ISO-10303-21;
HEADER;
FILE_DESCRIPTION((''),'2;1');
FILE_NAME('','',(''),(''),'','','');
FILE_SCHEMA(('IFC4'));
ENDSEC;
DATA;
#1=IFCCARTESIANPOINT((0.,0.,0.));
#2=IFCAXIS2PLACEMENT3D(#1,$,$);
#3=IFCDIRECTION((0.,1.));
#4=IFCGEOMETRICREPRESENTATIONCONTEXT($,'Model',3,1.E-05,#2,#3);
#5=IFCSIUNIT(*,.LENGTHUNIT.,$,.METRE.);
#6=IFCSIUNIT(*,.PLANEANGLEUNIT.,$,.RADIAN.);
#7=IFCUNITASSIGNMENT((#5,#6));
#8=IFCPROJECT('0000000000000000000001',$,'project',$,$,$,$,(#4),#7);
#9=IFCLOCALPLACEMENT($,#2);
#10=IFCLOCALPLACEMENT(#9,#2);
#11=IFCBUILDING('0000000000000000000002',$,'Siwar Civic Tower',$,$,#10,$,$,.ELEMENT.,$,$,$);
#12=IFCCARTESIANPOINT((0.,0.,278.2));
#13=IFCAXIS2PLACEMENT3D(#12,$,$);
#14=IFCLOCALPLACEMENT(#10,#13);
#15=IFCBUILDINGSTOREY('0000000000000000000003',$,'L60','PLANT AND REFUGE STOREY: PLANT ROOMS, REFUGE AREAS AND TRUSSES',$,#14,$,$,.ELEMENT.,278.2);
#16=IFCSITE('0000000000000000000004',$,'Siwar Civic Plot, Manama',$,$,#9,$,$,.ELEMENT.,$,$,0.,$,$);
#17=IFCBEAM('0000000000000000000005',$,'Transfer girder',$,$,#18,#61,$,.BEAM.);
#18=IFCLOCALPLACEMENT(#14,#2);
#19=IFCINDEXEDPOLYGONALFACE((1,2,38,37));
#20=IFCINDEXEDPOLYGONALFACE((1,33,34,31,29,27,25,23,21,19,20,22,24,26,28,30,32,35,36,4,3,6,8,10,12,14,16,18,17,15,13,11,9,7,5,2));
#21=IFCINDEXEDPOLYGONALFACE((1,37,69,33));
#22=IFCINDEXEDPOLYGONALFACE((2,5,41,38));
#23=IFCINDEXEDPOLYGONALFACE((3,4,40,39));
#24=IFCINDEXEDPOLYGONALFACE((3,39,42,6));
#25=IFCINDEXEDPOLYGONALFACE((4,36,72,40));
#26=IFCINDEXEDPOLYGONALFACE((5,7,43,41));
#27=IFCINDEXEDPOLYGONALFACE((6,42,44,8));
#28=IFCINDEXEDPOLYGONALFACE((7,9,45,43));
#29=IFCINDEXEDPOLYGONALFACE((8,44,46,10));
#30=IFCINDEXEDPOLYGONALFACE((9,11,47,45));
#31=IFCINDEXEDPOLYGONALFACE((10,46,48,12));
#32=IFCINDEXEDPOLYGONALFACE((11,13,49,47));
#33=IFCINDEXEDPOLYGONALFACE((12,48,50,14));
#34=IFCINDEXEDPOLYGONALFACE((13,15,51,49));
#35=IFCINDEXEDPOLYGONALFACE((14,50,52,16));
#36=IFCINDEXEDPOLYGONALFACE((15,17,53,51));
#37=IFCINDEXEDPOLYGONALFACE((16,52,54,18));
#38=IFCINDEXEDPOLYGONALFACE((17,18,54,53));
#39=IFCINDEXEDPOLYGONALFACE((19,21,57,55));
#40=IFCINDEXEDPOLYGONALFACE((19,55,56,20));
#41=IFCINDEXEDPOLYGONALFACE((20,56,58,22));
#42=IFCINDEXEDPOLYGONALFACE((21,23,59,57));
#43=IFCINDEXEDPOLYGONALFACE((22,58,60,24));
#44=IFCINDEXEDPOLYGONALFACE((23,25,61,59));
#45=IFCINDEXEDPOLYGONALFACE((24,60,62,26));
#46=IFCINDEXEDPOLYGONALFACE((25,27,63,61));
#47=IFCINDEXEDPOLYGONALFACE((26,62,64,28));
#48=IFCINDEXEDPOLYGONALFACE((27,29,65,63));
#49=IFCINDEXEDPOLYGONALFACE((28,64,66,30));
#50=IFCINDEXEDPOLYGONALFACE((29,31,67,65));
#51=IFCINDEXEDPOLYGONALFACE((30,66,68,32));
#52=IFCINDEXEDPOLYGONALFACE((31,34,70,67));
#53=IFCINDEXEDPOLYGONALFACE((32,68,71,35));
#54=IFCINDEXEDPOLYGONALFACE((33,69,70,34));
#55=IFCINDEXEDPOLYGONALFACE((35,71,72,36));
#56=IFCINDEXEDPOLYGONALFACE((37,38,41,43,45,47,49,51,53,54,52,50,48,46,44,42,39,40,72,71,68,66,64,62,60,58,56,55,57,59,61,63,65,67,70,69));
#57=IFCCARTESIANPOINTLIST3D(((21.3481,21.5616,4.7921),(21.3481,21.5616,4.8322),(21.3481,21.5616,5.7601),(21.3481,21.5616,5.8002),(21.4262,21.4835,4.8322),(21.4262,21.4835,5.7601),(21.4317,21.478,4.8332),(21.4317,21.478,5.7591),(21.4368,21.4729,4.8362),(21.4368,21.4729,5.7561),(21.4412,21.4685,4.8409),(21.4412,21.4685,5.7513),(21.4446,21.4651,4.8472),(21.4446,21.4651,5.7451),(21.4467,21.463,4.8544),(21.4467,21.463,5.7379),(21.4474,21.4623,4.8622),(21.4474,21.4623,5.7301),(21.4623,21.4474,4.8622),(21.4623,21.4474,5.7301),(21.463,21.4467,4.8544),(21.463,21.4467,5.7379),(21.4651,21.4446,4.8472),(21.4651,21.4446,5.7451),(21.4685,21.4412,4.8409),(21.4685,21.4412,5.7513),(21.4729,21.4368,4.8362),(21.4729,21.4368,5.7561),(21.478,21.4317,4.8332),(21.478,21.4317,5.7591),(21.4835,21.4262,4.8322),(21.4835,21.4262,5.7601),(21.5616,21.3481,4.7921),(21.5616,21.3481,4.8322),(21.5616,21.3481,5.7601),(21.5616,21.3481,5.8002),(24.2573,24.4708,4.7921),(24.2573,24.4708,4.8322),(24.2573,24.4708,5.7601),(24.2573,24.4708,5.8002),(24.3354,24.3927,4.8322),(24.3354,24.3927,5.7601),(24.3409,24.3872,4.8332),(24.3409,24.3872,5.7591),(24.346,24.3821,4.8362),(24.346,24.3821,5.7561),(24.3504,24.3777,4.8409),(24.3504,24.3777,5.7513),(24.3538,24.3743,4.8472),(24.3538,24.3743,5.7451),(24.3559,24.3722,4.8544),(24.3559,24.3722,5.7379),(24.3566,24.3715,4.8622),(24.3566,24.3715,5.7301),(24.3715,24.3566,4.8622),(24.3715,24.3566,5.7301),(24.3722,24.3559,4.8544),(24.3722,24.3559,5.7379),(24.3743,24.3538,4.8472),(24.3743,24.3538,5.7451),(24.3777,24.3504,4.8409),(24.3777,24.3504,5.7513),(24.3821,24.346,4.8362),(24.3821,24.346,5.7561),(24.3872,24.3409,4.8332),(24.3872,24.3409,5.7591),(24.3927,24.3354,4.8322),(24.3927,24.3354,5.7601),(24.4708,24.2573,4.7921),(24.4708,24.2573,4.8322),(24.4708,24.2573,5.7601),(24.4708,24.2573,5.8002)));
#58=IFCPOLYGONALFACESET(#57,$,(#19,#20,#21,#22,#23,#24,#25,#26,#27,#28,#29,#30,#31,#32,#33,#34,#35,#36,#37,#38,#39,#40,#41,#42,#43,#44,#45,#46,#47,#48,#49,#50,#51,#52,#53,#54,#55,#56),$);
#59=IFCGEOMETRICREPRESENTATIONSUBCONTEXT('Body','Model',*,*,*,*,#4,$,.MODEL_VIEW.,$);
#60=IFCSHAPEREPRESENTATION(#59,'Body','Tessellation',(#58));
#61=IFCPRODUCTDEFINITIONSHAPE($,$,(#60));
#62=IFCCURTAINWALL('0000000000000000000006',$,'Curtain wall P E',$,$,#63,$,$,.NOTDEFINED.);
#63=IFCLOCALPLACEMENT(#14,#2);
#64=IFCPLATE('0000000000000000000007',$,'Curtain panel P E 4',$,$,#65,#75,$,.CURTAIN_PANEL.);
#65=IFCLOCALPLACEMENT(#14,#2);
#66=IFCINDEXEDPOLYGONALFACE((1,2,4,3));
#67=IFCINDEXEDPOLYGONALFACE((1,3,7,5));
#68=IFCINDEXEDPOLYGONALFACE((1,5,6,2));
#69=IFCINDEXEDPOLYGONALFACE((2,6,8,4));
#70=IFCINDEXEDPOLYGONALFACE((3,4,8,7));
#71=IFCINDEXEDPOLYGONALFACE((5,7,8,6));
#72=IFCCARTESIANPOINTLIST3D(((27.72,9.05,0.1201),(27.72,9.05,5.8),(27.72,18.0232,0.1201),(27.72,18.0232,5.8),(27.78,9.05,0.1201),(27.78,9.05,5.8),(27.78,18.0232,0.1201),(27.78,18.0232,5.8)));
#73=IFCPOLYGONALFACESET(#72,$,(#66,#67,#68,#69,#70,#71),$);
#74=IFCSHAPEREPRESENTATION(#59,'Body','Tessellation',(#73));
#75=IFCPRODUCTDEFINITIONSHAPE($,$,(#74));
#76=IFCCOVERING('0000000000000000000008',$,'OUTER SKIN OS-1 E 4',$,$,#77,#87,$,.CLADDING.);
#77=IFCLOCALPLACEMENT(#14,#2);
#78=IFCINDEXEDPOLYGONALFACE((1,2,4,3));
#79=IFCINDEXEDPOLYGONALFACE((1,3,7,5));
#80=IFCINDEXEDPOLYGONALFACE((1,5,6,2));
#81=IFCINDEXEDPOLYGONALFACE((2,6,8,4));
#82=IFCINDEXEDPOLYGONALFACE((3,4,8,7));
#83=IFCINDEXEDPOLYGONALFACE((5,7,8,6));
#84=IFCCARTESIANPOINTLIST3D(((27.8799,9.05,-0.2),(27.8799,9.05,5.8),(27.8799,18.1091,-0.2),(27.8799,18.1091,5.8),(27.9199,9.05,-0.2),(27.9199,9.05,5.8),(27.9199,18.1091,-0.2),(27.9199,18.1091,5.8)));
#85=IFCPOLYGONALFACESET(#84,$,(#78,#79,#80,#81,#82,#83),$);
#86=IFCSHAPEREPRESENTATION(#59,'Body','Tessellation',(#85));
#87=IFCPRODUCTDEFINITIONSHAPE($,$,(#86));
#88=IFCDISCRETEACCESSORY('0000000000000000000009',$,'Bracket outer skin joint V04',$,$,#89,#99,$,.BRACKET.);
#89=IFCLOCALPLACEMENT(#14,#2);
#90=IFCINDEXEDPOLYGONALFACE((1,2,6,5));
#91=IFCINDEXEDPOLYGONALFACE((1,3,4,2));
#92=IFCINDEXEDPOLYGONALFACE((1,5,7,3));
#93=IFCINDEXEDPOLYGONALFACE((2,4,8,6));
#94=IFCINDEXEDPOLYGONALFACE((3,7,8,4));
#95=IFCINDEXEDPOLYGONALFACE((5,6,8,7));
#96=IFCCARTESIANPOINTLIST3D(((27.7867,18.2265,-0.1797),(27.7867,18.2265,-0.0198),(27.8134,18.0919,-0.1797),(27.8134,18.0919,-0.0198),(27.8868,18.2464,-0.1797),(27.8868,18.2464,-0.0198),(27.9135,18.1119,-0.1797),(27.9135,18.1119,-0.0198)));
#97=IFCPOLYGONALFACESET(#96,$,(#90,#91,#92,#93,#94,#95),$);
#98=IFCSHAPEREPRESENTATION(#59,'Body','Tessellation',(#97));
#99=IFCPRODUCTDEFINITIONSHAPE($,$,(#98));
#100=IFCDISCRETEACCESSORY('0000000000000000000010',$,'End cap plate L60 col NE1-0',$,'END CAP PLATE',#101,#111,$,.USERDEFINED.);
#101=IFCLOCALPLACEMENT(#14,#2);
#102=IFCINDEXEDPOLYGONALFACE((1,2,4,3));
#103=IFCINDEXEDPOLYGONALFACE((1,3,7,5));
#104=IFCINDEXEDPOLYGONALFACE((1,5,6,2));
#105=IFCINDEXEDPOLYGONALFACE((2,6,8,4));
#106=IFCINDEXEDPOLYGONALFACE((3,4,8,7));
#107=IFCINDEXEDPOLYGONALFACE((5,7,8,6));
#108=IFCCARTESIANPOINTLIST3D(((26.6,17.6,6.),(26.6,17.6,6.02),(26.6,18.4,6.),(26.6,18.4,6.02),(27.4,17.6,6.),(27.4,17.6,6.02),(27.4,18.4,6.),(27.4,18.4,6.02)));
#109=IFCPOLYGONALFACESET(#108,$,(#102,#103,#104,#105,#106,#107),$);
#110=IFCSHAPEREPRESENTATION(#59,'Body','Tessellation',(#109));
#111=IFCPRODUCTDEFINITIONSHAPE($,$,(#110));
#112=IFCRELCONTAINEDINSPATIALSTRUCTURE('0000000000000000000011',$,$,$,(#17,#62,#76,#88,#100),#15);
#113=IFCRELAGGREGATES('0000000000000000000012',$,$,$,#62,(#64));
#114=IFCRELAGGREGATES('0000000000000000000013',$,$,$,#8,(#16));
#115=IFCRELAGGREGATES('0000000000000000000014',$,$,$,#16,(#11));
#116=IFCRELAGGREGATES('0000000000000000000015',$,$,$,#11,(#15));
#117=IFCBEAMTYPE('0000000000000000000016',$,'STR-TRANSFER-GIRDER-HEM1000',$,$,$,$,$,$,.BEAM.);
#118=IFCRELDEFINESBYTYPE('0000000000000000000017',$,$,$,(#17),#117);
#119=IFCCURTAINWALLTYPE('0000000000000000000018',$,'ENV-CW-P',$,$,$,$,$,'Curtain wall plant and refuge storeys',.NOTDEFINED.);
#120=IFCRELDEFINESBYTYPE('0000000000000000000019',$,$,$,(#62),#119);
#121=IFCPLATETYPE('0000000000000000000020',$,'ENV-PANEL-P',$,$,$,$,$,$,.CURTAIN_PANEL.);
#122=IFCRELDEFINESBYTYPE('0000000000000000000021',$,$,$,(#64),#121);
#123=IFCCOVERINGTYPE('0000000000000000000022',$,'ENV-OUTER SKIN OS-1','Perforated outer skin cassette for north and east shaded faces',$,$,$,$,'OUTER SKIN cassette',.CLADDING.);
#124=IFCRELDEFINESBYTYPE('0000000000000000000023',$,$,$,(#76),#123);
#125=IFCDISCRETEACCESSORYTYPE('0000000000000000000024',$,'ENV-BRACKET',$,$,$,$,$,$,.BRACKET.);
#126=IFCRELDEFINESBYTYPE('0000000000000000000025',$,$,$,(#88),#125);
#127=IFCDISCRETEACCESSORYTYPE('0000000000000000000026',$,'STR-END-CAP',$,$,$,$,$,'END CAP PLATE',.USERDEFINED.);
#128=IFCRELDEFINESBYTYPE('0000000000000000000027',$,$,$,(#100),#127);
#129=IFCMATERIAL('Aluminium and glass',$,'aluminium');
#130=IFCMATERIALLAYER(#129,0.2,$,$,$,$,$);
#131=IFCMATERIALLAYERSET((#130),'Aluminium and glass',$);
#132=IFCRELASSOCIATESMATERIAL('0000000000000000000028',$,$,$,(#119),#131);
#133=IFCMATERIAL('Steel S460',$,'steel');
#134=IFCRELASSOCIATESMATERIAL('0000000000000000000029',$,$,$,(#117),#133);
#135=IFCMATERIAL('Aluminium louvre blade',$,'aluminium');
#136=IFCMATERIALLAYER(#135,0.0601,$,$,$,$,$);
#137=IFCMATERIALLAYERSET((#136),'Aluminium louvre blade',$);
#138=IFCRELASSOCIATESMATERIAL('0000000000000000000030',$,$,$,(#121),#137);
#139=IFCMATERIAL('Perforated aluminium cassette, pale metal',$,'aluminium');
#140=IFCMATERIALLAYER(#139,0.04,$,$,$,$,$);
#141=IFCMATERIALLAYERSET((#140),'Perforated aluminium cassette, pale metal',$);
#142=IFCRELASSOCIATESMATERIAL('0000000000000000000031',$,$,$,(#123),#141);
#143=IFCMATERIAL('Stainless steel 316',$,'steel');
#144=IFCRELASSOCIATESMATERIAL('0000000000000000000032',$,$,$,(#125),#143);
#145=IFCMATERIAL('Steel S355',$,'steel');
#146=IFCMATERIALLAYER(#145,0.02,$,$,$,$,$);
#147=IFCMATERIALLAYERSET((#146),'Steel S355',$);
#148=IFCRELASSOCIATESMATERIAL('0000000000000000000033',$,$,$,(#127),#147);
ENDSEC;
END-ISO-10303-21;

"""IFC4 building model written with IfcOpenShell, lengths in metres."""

from ifc_helpers import new_model, si_unit, direction, frame, origin, origin_2d, place, context, subcontext, project, spatial, rectangle, i_section, extrude, material, layer, layer_set, material_profile, profile_set, type_object, element, aggregate, save


model = new_model("IFC4")

# Units and contexts
model_context = context("Model", 3, precision=1e-05, world=origin(), true_north=direction((0.0, 1.0)))
body_context = subcontext(model_context, "Body", "Model", "MODEL_VIEW")
ifc_project = project(units=[si_unit("LENGTHUNIT", "METRE"), si_unit("PLANEANGLEUNIT", "RADIAN")], contexts=[model_context])

# Site, building, storey
site_placement = place(None, origin())
site = spatial("IfcSite", under=ifc_project, at=site_placement, Name="Siwar Civic Plot, Manama", CompositionType="ELEMENT", RefElevation=0.0)
building_placement = place(site_placement, origin())
building = spatial("IfcBuilding", under=site, at=building_placement, Name="Siwar Civic Tower", CompositionType="ELEMENT")
storey_placement = place(building_placement, frame((0.0, 0.0, 278.2)))
storey = spatial("IfcBuildingStorey", under=building, at=storey_placement, Name="L60", Description="PLANT AND REFUGE STOREY: PLANT ROOMS, REFUGE AREAS AND TRUSSES", CompositionType="ELEMENT", Elevation=278.2)

# Shared definitions
ifc_material_1 = material(Name="Aluminium and glass", Category="aluminium")
ifc_layer_1 = layer(ifc_material_1, 0.2)
ifc_layer_set_1 = layer_set([ifc_layer_1], Name="Aluminium and glass")
curtain_wall_type = type_object("IfcCurtainWallType", Name="ENV-CW-P", ElementType="Curtain wall plant and refuge storeys", PredefinedType="NOTDEFINED", material=ifc_layer_set_1)

# Beam
ifc_material_2 = material(Name="Steel S460", Category="steel")
ifc_material_profile_1 = material_profile(ifc_material_2, i_section(OverallWidth=0.302, OverallDepth=1.0081, WebThickness=0.021, FlangeThickness=0.04, FilletRadius=0.03, at=origin_2d()), Name="HEM1000")
ifc_profile_set_1 = profile_set([ifc_material_profile_1], Name="Steel S460")
beam_type_1 = type_object("IfcBeamType", Name="STR-TRANSFER-GIRDER-HEM1000", PredefinedType="BEAM", material=ifc_profile_set_1)
beam_1_placement = place(storey_placement, frame((21.4548, 21.4548, 5.2961), z_axis=(0.707107, 0.707107, 0.0), x_axis=(-0.707107, 0.707107, 0.0)))
element("IfcBeam", 1, at=beam_1_placement, inside=storey, type_object=beam_type_1, Name="Transfer girder", PredefinedType="BEAM", context=body_context, shape_type="SweptSolid", body=[
    extrude(i_section(OverallWidth=0.302, OverallDepth=1.0081, WebThickness=0.021, FlangeThickness=0.04, FilletRadius=0.03, at=origin_2d()), origin(), (0.0, 0.0, 1.0), 4.1143),
])

# Curtain wall, plate
curtain_wall_1_placement = place(storey_placement, origin())
curtain_wall_1 = element("IfcCurtainWall", 2, at=curtain_wall_1_placement, inside=storey, type_object=curtain_wall_type, Name="Curtain wall P E", PredefinedType="NOTDEFINED")
ifc_material_3 = material(Name="Aluminium louvre blade", Category="aluminium")
ifc_layer_2 = layer(ifc_material_3, 0.0601)
ifc_layer_set_2 = layer_set([ifc_layer_2], Name="Aluminium louvre blade")
plate_type = type_object("IfcPlateType", Name="ENV-PANEL-P", PredefinedType="CURTAIN_PANEL", material=ifc_layer_set_2)
plate_placement = place(storey_placement, frame((27.75, 13.5366, 0.1201), z_axis=(0.0, 0.0, 1.0), x_axis=(0.0, 1.0, 0.0)))
plate = element("IfcPlate", 3, at=plate_placement, type_object=plate_type, Name="Curtain panel P E 4", PredefinedType="CURTAIN_PANEL", context=body_context, shape_type="SweptSolid", body=[
    extrude(rectangle(XDim=8.9731, YDim=0.0601, at=origin_2d()), origin(), (0.0, 0.0, 1.0), 5.6799),
])
aggregate(curtain_wall_1, [plate])

# Covering
ifc_material_4 = material(Name="Perforated aluminium cassette, pale metal", Category="aluminium")
ifc_layer_3 = layer(ifc_material_4, 0.04)
ifc_layer_set_3 = layer_set([ifc_layer_3], Name="Perforated aluminium cassette, pale metal")
covering_type = type_object("IfcCoveringType", Name="ENV-OUTER SKIN OS-1", Description="Perforated outer skin cassette for north and east shaded faces", ElementType="OUTER SKIN cassette", PredefinedType="CLADDING", material=ifc_layer_set_3)
covering_placement = place(storey_placement, frame((27.8999, 13.5796, -0.2), z_axis=(0.0, 0.0, 1.0), x_axis=(0.0, 1.0, 0.0)))
element("IfcCovering", 4, at=covering_placement, inside=storey, type_object=covering_type, Name="OUTER SKIN OS-1 E 4", PredefinedType="CLADDING", context=body_context, shape_type="SweptSolid", body=[
    extrude(rectangle(XDim=9.0591, YDim=0.04, at=origin_2d()), origin(), (0.0, 0.0, 1.0), 6.0),
])

# Discrete accessories
ifc_material_5 = material(Name="Stainless steel 316", Category="steel")
discrete_accessory_type_1 = type_object("IfcDiscreteAccessoryType", Name="ENV-BRACKET", PredefinedType="BRACKET", material=ifc_material_5)
discrete_accessory_1_placement = place(storey_placement, frame((27.8501, 18.1692, -0.1797), z_axis=(0.0, 0.0, 1.0), x_axis=(0.980785, 0.19509, 0.0)))
element("IfcDiscreteAccessory", 5, at=discrete_accessory_1_placement, inside=storey, type_object=discrete_accessory_type_1, Name="Bracket outer skin joint V04", PredefinedType="BRACKET", context=body_context, shape_type="SweptSolid", body=[
    extrude(rectangle(XDim=0.1021, YDim=0.1372, at=origin_2d()), origin(), (0.0, 0.0, 1.0), 0.1599),
])
ifc_material_6 = material(Name="Steel S355", Category="steel")
ifc_layer_4 = layer(ifc_material_6, 0.02)
ifc_layer_set_4 = layer_set([ifc_layer_4], Name="Steel S355")
discrete_accessory_type_2 = type_object("IfcDiscreteAccessoryType", Name="STR-END-CAP", ElementType="END CAP PLATE", PredefinedType="USERDEFINED", material=ifc_layer_set_4)
discrete_accessory_2_placement = place(storey_placement, frame((27.0, 18.0, 6.0), z_axis=(0.0, 0.0, 1.0), x_axis=(1.0, 0.0, 0.0)))
element("IfcDiscreteAccessory", 6, at=discrete_accessory_2_placement, inside=storey, type_object=discrete_accessory_type_2, Name="End cap plate L60 col NE1-0", ObjectType="END CAP PLATE", PredefinedType="USERDEFINED", context=body_context, shape_type="SweptSolid", body=[
    extrude(rectangle(XDim=0.8, YDim=0.8, at=origin_2d()), origin(), (0.0, 0.0, 1.0), 0.02),
])

save(model, "model.ifc")
